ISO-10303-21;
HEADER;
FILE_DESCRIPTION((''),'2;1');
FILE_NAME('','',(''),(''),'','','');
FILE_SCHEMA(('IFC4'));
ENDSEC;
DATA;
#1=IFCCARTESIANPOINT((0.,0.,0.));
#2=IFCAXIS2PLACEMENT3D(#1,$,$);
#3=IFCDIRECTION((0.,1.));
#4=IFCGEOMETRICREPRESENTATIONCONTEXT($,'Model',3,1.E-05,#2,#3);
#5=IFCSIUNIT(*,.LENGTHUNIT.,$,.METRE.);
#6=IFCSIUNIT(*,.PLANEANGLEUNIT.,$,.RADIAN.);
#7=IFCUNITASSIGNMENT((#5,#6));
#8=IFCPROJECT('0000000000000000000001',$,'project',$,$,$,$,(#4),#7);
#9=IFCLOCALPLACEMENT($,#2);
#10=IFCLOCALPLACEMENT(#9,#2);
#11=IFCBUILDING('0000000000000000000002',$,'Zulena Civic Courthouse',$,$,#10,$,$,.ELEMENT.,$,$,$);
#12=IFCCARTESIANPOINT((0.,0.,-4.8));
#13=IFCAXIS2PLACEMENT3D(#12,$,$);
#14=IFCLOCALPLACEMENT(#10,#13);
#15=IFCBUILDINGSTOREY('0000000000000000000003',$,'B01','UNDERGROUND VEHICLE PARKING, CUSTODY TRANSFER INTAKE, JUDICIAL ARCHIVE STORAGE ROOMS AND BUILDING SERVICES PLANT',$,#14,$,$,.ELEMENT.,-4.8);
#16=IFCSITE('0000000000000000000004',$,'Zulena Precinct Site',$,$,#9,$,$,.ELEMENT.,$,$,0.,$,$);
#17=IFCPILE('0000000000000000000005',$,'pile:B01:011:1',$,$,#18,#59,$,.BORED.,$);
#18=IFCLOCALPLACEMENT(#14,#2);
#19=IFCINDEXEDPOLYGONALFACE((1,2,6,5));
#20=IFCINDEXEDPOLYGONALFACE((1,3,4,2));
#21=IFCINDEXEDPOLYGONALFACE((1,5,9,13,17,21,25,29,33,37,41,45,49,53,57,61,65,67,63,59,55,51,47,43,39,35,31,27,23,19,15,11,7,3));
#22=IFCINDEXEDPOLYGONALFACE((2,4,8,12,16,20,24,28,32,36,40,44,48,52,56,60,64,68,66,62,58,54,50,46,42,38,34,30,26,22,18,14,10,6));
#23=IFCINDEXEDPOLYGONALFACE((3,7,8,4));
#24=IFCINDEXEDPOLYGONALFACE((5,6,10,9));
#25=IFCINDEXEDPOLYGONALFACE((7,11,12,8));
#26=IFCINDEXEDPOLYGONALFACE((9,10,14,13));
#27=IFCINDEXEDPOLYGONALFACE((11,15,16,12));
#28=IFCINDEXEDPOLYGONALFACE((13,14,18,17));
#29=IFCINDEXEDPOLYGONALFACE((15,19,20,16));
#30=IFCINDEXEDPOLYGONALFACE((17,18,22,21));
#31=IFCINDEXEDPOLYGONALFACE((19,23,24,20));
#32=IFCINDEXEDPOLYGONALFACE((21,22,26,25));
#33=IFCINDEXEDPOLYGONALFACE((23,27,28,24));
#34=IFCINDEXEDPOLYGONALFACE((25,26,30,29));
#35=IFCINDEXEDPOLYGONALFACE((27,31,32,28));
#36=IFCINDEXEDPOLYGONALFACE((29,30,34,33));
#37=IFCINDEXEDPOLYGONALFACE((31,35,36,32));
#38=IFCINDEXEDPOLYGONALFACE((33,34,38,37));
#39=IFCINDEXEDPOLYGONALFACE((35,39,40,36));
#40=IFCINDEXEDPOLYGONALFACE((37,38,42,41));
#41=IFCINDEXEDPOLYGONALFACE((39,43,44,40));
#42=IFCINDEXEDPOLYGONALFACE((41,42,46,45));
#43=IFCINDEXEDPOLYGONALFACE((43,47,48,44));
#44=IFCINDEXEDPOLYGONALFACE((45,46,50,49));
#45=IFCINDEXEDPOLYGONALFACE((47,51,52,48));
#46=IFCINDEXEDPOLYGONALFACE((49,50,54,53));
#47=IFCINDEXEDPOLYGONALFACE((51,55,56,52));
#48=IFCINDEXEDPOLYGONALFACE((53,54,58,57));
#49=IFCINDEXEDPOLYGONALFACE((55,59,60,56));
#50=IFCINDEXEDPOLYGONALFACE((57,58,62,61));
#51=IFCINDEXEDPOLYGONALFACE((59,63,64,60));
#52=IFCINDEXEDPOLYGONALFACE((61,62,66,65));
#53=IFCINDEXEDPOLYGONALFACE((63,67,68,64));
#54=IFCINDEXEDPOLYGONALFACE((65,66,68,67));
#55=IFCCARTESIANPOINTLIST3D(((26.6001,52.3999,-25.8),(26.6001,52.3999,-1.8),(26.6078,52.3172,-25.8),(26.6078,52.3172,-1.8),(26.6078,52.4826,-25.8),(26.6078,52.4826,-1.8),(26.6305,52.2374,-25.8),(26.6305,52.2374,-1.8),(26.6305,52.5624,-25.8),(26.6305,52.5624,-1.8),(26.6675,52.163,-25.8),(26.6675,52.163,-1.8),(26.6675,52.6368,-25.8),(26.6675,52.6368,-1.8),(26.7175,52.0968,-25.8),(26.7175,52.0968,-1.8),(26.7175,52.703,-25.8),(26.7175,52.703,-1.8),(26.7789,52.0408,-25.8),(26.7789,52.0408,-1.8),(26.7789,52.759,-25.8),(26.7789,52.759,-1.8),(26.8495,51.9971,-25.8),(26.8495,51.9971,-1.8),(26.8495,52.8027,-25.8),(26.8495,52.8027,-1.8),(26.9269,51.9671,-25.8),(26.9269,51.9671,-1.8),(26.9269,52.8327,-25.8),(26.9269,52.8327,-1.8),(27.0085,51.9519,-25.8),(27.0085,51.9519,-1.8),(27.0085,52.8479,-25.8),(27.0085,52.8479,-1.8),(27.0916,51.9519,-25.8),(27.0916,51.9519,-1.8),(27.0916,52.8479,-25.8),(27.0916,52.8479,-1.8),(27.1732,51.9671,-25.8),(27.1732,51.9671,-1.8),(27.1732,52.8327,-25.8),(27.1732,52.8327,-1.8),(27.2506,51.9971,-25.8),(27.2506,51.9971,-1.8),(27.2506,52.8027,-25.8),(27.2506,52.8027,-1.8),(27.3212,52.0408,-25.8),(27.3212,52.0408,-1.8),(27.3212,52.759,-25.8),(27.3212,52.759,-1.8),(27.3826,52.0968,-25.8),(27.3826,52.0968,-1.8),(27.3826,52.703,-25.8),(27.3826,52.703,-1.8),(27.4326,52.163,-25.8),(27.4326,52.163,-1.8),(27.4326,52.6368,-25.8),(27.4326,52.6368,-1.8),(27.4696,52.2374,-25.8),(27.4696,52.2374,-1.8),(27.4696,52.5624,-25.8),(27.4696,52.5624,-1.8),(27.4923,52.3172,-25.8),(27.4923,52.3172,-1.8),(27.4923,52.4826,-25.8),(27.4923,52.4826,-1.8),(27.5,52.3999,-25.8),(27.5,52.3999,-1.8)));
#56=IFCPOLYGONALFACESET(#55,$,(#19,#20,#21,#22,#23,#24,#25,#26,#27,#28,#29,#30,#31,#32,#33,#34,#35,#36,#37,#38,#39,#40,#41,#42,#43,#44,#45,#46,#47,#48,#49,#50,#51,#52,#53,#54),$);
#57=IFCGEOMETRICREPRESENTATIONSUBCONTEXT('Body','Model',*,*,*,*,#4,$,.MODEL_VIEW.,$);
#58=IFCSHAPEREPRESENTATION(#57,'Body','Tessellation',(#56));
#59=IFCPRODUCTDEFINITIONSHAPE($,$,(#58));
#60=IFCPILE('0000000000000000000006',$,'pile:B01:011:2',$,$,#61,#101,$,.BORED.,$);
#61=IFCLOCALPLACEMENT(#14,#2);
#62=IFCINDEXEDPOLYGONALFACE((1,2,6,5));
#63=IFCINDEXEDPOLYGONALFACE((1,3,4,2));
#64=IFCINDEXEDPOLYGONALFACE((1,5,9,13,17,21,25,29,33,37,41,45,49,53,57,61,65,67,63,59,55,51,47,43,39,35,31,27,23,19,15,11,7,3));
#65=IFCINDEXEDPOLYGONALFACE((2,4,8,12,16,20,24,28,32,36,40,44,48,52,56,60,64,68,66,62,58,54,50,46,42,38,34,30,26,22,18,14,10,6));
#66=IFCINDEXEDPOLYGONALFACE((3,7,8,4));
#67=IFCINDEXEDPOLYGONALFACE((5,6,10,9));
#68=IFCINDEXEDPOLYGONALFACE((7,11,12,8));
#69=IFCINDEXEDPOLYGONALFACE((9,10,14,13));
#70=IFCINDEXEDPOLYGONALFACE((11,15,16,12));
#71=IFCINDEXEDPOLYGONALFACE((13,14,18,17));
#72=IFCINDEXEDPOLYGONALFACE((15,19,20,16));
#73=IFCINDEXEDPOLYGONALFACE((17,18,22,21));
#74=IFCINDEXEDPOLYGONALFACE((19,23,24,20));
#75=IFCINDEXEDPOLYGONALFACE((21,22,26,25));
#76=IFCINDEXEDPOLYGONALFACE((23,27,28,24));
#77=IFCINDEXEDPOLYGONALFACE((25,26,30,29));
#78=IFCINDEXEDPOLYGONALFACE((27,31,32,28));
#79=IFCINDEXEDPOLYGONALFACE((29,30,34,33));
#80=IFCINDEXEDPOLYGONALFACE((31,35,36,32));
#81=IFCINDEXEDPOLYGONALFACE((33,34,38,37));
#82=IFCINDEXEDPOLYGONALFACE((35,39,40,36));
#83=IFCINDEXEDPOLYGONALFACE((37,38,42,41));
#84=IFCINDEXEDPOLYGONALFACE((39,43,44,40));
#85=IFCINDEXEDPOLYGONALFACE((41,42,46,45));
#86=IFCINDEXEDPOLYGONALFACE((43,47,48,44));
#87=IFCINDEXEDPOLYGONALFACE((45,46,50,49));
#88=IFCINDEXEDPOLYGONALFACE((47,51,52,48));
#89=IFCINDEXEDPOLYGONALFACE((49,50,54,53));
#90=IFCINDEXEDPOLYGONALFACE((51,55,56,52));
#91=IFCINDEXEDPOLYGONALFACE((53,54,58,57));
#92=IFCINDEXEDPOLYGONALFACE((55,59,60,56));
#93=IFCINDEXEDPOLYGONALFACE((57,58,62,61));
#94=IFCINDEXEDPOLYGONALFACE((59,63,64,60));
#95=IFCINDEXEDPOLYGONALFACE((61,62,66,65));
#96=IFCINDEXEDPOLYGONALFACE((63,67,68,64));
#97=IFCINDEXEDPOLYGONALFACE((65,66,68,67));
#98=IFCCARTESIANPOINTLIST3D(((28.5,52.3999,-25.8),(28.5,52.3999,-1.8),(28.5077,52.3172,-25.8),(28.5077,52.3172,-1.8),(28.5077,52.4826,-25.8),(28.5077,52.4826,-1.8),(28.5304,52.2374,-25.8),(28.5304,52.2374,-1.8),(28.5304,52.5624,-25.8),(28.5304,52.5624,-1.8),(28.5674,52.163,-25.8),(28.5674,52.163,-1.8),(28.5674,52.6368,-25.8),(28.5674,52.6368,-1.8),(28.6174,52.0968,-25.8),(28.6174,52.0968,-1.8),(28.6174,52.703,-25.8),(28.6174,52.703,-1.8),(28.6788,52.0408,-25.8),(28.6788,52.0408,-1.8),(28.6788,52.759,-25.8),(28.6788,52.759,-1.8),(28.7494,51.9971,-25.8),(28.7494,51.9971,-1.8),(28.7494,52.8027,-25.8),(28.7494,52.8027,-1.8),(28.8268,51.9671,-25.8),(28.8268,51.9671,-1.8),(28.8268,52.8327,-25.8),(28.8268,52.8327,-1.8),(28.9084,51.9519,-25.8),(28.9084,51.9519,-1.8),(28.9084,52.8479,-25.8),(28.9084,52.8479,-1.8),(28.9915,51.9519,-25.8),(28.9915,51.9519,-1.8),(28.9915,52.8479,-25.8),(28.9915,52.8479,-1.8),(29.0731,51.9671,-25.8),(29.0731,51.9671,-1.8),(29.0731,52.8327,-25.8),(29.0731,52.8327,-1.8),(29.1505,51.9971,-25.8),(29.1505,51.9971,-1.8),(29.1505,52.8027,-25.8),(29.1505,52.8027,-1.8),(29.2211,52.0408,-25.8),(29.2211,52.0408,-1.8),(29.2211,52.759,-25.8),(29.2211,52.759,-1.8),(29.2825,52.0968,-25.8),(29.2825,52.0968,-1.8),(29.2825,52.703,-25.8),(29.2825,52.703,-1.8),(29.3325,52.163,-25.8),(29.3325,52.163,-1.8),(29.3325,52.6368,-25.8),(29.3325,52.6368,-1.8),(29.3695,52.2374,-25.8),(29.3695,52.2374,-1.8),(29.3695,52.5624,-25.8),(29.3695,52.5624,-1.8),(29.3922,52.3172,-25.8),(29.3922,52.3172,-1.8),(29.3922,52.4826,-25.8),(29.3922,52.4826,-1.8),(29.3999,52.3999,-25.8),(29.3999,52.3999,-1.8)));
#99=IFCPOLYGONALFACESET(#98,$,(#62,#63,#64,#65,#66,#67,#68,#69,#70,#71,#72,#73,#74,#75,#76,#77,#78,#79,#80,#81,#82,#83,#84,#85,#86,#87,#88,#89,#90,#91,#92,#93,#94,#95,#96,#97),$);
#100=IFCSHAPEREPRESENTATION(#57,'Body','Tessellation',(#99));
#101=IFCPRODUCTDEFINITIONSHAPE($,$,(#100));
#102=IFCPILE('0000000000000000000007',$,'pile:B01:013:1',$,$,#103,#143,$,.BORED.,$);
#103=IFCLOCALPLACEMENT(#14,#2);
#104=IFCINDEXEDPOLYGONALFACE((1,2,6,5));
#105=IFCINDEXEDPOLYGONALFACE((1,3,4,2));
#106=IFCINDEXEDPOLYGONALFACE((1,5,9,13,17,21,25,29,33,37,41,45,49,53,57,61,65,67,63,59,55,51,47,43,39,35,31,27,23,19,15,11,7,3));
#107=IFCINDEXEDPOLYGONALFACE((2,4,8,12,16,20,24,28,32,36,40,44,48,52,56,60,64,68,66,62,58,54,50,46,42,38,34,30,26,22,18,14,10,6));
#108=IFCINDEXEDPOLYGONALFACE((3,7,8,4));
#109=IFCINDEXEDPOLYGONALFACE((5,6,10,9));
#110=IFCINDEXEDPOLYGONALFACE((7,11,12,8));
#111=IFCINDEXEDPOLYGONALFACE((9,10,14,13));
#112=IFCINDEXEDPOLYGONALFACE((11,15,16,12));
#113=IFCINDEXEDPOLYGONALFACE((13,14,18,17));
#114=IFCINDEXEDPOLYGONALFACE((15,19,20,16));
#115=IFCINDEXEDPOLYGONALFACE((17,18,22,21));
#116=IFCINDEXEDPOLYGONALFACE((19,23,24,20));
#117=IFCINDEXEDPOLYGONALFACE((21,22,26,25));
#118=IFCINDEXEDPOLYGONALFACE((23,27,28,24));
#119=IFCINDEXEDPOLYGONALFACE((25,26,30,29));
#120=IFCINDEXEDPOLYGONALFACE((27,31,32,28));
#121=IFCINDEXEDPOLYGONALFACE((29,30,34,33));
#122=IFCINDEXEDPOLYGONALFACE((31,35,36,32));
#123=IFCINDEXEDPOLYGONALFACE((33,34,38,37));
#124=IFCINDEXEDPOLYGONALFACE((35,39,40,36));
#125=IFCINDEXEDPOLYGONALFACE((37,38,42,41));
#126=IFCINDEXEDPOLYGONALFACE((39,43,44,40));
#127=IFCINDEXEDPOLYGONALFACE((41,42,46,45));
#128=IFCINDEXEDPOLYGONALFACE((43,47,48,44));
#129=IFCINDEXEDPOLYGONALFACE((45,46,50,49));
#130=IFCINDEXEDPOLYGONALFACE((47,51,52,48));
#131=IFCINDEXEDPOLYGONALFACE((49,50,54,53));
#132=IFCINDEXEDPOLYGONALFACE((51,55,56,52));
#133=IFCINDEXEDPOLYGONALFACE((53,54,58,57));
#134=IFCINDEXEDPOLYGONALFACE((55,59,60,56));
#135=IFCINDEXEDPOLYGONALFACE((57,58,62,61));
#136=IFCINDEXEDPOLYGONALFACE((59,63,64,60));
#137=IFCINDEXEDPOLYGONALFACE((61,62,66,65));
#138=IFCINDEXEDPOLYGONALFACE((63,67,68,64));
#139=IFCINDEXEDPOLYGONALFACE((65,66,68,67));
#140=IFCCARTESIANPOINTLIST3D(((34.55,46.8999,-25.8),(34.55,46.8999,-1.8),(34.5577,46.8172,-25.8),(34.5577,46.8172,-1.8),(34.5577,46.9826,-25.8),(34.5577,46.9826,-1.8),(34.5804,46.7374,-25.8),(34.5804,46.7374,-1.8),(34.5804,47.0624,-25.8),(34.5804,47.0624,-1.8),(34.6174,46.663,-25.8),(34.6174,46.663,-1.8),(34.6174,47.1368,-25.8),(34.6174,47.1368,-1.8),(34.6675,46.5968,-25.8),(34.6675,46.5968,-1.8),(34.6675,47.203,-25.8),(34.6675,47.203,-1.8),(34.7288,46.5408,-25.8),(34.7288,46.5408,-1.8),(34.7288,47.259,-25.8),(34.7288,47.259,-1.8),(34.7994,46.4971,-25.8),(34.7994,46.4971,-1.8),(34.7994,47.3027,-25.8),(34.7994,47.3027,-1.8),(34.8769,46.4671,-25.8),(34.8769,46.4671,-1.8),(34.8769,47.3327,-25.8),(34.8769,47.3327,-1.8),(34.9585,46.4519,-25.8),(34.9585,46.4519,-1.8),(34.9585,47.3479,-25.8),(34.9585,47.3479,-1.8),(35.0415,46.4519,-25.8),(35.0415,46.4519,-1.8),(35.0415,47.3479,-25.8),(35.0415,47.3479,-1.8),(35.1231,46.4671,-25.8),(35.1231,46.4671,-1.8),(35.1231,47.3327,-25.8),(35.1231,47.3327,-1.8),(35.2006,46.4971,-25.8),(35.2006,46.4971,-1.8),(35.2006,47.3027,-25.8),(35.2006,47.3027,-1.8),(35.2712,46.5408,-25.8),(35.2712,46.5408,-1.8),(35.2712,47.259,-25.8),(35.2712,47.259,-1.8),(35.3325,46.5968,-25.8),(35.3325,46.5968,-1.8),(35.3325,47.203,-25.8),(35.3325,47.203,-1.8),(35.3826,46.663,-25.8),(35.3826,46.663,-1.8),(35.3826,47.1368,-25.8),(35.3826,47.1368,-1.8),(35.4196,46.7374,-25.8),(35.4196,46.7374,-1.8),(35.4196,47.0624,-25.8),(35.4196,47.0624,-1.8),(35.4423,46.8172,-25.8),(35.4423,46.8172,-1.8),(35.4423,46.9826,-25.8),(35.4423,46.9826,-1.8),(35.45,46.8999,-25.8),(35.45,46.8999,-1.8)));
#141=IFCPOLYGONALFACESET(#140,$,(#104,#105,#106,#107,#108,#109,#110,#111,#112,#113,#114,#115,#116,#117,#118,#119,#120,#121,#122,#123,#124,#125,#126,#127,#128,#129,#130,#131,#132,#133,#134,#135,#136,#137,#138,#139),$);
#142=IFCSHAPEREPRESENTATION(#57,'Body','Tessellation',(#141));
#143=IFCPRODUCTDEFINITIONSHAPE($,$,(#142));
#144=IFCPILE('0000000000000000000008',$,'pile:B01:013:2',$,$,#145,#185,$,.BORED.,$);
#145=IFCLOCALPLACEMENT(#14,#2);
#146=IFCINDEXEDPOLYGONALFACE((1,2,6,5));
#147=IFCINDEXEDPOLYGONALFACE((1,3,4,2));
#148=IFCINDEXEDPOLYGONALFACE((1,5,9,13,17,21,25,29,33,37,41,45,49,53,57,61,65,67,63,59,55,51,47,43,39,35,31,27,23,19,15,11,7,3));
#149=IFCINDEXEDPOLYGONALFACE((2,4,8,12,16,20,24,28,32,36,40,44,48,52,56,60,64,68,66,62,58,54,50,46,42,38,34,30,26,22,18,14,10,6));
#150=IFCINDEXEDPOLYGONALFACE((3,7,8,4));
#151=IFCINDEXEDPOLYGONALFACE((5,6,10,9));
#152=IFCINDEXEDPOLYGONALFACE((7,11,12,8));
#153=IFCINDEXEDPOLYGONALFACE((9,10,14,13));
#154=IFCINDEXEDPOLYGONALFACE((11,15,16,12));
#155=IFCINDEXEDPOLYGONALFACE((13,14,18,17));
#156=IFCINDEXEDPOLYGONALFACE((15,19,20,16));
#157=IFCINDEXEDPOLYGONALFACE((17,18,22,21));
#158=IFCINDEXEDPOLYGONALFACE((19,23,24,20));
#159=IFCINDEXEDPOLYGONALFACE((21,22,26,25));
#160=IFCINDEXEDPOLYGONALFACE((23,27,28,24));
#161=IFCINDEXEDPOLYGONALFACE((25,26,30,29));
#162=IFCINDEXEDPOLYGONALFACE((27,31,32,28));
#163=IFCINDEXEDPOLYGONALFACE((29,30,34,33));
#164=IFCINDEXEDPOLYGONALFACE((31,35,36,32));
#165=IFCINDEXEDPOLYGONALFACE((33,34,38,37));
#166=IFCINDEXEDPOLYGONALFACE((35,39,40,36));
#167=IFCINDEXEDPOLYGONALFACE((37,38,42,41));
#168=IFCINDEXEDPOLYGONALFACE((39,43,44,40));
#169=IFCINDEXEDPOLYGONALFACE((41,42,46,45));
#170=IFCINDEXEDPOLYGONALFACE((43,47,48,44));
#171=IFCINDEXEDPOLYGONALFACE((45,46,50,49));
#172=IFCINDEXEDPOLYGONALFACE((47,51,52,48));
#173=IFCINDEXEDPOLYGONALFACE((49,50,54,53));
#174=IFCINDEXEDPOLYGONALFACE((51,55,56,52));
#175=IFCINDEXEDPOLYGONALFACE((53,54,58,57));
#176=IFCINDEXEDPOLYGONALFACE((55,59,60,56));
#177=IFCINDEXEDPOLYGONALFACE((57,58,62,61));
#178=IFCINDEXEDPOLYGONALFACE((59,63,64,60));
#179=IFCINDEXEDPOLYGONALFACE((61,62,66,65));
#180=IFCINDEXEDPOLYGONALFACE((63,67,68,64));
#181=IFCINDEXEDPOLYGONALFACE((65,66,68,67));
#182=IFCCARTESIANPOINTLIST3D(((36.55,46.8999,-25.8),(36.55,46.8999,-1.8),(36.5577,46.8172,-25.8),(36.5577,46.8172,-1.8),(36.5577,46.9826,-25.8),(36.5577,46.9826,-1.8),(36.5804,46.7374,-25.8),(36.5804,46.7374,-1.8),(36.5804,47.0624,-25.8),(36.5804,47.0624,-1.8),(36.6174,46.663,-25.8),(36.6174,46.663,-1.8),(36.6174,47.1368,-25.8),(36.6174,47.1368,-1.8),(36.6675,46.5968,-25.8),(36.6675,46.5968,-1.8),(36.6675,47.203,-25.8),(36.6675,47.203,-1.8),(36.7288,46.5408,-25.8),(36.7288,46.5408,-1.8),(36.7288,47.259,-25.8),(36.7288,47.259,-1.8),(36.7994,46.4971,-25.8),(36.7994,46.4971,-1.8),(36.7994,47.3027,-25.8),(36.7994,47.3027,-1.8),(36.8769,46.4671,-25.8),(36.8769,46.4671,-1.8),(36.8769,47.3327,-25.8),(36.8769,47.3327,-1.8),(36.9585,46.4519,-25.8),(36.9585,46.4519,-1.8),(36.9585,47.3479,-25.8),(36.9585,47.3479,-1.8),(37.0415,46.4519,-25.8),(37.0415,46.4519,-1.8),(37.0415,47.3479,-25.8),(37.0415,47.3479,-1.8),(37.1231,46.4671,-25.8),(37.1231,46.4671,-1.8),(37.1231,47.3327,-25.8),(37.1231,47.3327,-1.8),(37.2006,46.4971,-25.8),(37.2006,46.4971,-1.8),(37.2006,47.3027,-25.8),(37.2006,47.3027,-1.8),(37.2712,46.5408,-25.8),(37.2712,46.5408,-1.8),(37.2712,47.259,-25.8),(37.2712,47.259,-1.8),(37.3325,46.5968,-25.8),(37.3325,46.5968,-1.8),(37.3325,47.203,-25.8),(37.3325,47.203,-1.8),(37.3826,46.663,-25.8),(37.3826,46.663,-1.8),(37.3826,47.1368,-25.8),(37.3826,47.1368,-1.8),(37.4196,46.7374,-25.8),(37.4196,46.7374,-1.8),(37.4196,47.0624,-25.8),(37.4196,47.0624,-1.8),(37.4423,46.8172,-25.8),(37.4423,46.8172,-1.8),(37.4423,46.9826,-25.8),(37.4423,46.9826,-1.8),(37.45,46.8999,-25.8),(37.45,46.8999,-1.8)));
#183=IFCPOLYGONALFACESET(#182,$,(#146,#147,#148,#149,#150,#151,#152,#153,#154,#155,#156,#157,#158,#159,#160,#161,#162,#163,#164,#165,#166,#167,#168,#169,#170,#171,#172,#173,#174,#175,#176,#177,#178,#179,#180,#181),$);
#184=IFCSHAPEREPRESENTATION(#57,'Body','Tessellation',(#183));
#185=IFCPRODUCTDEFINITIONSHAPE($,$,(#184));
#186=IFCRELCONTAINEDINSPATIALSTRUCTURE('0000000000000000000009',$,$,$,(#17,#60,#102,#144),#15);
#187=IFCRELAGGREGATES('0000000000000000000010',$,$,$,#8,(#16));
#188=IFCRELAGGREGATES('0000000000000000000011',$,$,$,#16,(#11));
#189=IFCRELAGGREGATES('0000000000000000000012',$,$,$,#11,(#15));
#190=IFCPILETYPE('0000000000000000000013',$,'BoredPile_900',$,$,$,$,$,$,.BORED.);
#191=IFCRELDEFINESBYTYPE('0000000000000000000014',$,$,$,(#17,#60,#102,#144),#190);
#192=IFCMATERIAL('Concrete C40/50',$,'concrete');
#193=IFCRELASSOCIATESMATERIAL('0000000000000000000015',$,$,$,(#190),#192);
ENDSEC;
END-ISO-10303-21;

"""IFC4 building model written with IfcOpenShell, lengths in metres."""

from ifc_helpers import new_model, si_unit, direction, frame, origin, origin_2d, place, context, subcontext, project, spatial, circle, extrude, material, material_profile, profile_set, type_object, element, save


model = new_model("IFC4")

# Units and contexts
model_context = context("Model", 3, precision=1e-05, world=origin(), true_north=direction((0.0, 1.0)))
body_context = subcontext(model_context, "Body", "Model", "MODEL_VIEW")
ifc_project = project(units=[si_unit("LENGTHUNIT", "METRE"), si_unit("PLANEANGLEUNIT", "RADIAN")], contexts=[model_context])

# Site, building, storey
site_placement = place(None, origin())
site = spatial("IfcSite", under=ifc_project, at=site_placement, Name="Zulena Precinct Site", CompositionType="ELEMENT", RefElevation=0.0)
building_placement = place(site_placement, origin())
building = spatial("IfcBuilding", under=site, at=building_placement, Name="Zulena Civic Courthouse", CompositionType="ELEMENT")
storey_placement = place(building_placement, frame((0.0, 0.0, -4.8)))
storey = spatial("IfcBuildingStorey", under=building, at=storey_placement, Name="B01", Description="UNDERGROUND VEHICLE PARKING, CUSTODY TRANSFER INTAKE, JUDICIAL ARCHIVE STORAGE ROOMS AND BUILDING SERVICES PLANT", CompositionType="ELEMENT", Elevation=-4.8)

# Piles
ifc_material_1 = material(Name="Concrete C40/50", Category="concrete")
ifc_material_profile_1 = material_profile(ifc_material_1, circle(Radius=0.45, at=origin_2d()), Name="PILE900")
ifc_profile_set_1 = profile_set([ifc_material_profile_1], Name="Concrete C40/50")
pile_type_1 = type_object("IfcPileType", Name="BoredPile_900", PredefinedType="BORED", material=ifc_profile_set_1)
for number, where, z_axis, x_axis, name in (
    (1, (27.05, 52.3999, -1.8), (0.0, 0.0, -1.0), (1.0, 0.0, 0.0), "pile:B01:011:1"),
    (2, (28.95, 52.3999, -1.8), (0.0, 0.0, -1.0), (1.0, 0.0, 0.0), "pile:B01:011:2"),
    (3, (35.0, 46.8999, -1.8), (0.0, 0.0, -1.0), (1.0, 0.0, 0.0), "pile:B01:013:1"),
    (4, (37.0, 46.8999, -1.8), (0.0, 0.0, -1.0), (1.0, 0.0, 0.0), "pile:B01:013:2"),
):
    element("IfcPile", number, at=place(storey_placement, frame(where, z_axis=z_axis, x_axis=x_axis)), inside=storey, type_object=pile_type_1, Name=name, PredefinedType="BORED", context=body_context, shape_type="SweptSolid", body=[
        extrude(circle(Radius=0.45, at=origin_2d()), origin(), (0.0, 0.0, 1.0), 24.0),
    ])

save(model, "model.ifc")
